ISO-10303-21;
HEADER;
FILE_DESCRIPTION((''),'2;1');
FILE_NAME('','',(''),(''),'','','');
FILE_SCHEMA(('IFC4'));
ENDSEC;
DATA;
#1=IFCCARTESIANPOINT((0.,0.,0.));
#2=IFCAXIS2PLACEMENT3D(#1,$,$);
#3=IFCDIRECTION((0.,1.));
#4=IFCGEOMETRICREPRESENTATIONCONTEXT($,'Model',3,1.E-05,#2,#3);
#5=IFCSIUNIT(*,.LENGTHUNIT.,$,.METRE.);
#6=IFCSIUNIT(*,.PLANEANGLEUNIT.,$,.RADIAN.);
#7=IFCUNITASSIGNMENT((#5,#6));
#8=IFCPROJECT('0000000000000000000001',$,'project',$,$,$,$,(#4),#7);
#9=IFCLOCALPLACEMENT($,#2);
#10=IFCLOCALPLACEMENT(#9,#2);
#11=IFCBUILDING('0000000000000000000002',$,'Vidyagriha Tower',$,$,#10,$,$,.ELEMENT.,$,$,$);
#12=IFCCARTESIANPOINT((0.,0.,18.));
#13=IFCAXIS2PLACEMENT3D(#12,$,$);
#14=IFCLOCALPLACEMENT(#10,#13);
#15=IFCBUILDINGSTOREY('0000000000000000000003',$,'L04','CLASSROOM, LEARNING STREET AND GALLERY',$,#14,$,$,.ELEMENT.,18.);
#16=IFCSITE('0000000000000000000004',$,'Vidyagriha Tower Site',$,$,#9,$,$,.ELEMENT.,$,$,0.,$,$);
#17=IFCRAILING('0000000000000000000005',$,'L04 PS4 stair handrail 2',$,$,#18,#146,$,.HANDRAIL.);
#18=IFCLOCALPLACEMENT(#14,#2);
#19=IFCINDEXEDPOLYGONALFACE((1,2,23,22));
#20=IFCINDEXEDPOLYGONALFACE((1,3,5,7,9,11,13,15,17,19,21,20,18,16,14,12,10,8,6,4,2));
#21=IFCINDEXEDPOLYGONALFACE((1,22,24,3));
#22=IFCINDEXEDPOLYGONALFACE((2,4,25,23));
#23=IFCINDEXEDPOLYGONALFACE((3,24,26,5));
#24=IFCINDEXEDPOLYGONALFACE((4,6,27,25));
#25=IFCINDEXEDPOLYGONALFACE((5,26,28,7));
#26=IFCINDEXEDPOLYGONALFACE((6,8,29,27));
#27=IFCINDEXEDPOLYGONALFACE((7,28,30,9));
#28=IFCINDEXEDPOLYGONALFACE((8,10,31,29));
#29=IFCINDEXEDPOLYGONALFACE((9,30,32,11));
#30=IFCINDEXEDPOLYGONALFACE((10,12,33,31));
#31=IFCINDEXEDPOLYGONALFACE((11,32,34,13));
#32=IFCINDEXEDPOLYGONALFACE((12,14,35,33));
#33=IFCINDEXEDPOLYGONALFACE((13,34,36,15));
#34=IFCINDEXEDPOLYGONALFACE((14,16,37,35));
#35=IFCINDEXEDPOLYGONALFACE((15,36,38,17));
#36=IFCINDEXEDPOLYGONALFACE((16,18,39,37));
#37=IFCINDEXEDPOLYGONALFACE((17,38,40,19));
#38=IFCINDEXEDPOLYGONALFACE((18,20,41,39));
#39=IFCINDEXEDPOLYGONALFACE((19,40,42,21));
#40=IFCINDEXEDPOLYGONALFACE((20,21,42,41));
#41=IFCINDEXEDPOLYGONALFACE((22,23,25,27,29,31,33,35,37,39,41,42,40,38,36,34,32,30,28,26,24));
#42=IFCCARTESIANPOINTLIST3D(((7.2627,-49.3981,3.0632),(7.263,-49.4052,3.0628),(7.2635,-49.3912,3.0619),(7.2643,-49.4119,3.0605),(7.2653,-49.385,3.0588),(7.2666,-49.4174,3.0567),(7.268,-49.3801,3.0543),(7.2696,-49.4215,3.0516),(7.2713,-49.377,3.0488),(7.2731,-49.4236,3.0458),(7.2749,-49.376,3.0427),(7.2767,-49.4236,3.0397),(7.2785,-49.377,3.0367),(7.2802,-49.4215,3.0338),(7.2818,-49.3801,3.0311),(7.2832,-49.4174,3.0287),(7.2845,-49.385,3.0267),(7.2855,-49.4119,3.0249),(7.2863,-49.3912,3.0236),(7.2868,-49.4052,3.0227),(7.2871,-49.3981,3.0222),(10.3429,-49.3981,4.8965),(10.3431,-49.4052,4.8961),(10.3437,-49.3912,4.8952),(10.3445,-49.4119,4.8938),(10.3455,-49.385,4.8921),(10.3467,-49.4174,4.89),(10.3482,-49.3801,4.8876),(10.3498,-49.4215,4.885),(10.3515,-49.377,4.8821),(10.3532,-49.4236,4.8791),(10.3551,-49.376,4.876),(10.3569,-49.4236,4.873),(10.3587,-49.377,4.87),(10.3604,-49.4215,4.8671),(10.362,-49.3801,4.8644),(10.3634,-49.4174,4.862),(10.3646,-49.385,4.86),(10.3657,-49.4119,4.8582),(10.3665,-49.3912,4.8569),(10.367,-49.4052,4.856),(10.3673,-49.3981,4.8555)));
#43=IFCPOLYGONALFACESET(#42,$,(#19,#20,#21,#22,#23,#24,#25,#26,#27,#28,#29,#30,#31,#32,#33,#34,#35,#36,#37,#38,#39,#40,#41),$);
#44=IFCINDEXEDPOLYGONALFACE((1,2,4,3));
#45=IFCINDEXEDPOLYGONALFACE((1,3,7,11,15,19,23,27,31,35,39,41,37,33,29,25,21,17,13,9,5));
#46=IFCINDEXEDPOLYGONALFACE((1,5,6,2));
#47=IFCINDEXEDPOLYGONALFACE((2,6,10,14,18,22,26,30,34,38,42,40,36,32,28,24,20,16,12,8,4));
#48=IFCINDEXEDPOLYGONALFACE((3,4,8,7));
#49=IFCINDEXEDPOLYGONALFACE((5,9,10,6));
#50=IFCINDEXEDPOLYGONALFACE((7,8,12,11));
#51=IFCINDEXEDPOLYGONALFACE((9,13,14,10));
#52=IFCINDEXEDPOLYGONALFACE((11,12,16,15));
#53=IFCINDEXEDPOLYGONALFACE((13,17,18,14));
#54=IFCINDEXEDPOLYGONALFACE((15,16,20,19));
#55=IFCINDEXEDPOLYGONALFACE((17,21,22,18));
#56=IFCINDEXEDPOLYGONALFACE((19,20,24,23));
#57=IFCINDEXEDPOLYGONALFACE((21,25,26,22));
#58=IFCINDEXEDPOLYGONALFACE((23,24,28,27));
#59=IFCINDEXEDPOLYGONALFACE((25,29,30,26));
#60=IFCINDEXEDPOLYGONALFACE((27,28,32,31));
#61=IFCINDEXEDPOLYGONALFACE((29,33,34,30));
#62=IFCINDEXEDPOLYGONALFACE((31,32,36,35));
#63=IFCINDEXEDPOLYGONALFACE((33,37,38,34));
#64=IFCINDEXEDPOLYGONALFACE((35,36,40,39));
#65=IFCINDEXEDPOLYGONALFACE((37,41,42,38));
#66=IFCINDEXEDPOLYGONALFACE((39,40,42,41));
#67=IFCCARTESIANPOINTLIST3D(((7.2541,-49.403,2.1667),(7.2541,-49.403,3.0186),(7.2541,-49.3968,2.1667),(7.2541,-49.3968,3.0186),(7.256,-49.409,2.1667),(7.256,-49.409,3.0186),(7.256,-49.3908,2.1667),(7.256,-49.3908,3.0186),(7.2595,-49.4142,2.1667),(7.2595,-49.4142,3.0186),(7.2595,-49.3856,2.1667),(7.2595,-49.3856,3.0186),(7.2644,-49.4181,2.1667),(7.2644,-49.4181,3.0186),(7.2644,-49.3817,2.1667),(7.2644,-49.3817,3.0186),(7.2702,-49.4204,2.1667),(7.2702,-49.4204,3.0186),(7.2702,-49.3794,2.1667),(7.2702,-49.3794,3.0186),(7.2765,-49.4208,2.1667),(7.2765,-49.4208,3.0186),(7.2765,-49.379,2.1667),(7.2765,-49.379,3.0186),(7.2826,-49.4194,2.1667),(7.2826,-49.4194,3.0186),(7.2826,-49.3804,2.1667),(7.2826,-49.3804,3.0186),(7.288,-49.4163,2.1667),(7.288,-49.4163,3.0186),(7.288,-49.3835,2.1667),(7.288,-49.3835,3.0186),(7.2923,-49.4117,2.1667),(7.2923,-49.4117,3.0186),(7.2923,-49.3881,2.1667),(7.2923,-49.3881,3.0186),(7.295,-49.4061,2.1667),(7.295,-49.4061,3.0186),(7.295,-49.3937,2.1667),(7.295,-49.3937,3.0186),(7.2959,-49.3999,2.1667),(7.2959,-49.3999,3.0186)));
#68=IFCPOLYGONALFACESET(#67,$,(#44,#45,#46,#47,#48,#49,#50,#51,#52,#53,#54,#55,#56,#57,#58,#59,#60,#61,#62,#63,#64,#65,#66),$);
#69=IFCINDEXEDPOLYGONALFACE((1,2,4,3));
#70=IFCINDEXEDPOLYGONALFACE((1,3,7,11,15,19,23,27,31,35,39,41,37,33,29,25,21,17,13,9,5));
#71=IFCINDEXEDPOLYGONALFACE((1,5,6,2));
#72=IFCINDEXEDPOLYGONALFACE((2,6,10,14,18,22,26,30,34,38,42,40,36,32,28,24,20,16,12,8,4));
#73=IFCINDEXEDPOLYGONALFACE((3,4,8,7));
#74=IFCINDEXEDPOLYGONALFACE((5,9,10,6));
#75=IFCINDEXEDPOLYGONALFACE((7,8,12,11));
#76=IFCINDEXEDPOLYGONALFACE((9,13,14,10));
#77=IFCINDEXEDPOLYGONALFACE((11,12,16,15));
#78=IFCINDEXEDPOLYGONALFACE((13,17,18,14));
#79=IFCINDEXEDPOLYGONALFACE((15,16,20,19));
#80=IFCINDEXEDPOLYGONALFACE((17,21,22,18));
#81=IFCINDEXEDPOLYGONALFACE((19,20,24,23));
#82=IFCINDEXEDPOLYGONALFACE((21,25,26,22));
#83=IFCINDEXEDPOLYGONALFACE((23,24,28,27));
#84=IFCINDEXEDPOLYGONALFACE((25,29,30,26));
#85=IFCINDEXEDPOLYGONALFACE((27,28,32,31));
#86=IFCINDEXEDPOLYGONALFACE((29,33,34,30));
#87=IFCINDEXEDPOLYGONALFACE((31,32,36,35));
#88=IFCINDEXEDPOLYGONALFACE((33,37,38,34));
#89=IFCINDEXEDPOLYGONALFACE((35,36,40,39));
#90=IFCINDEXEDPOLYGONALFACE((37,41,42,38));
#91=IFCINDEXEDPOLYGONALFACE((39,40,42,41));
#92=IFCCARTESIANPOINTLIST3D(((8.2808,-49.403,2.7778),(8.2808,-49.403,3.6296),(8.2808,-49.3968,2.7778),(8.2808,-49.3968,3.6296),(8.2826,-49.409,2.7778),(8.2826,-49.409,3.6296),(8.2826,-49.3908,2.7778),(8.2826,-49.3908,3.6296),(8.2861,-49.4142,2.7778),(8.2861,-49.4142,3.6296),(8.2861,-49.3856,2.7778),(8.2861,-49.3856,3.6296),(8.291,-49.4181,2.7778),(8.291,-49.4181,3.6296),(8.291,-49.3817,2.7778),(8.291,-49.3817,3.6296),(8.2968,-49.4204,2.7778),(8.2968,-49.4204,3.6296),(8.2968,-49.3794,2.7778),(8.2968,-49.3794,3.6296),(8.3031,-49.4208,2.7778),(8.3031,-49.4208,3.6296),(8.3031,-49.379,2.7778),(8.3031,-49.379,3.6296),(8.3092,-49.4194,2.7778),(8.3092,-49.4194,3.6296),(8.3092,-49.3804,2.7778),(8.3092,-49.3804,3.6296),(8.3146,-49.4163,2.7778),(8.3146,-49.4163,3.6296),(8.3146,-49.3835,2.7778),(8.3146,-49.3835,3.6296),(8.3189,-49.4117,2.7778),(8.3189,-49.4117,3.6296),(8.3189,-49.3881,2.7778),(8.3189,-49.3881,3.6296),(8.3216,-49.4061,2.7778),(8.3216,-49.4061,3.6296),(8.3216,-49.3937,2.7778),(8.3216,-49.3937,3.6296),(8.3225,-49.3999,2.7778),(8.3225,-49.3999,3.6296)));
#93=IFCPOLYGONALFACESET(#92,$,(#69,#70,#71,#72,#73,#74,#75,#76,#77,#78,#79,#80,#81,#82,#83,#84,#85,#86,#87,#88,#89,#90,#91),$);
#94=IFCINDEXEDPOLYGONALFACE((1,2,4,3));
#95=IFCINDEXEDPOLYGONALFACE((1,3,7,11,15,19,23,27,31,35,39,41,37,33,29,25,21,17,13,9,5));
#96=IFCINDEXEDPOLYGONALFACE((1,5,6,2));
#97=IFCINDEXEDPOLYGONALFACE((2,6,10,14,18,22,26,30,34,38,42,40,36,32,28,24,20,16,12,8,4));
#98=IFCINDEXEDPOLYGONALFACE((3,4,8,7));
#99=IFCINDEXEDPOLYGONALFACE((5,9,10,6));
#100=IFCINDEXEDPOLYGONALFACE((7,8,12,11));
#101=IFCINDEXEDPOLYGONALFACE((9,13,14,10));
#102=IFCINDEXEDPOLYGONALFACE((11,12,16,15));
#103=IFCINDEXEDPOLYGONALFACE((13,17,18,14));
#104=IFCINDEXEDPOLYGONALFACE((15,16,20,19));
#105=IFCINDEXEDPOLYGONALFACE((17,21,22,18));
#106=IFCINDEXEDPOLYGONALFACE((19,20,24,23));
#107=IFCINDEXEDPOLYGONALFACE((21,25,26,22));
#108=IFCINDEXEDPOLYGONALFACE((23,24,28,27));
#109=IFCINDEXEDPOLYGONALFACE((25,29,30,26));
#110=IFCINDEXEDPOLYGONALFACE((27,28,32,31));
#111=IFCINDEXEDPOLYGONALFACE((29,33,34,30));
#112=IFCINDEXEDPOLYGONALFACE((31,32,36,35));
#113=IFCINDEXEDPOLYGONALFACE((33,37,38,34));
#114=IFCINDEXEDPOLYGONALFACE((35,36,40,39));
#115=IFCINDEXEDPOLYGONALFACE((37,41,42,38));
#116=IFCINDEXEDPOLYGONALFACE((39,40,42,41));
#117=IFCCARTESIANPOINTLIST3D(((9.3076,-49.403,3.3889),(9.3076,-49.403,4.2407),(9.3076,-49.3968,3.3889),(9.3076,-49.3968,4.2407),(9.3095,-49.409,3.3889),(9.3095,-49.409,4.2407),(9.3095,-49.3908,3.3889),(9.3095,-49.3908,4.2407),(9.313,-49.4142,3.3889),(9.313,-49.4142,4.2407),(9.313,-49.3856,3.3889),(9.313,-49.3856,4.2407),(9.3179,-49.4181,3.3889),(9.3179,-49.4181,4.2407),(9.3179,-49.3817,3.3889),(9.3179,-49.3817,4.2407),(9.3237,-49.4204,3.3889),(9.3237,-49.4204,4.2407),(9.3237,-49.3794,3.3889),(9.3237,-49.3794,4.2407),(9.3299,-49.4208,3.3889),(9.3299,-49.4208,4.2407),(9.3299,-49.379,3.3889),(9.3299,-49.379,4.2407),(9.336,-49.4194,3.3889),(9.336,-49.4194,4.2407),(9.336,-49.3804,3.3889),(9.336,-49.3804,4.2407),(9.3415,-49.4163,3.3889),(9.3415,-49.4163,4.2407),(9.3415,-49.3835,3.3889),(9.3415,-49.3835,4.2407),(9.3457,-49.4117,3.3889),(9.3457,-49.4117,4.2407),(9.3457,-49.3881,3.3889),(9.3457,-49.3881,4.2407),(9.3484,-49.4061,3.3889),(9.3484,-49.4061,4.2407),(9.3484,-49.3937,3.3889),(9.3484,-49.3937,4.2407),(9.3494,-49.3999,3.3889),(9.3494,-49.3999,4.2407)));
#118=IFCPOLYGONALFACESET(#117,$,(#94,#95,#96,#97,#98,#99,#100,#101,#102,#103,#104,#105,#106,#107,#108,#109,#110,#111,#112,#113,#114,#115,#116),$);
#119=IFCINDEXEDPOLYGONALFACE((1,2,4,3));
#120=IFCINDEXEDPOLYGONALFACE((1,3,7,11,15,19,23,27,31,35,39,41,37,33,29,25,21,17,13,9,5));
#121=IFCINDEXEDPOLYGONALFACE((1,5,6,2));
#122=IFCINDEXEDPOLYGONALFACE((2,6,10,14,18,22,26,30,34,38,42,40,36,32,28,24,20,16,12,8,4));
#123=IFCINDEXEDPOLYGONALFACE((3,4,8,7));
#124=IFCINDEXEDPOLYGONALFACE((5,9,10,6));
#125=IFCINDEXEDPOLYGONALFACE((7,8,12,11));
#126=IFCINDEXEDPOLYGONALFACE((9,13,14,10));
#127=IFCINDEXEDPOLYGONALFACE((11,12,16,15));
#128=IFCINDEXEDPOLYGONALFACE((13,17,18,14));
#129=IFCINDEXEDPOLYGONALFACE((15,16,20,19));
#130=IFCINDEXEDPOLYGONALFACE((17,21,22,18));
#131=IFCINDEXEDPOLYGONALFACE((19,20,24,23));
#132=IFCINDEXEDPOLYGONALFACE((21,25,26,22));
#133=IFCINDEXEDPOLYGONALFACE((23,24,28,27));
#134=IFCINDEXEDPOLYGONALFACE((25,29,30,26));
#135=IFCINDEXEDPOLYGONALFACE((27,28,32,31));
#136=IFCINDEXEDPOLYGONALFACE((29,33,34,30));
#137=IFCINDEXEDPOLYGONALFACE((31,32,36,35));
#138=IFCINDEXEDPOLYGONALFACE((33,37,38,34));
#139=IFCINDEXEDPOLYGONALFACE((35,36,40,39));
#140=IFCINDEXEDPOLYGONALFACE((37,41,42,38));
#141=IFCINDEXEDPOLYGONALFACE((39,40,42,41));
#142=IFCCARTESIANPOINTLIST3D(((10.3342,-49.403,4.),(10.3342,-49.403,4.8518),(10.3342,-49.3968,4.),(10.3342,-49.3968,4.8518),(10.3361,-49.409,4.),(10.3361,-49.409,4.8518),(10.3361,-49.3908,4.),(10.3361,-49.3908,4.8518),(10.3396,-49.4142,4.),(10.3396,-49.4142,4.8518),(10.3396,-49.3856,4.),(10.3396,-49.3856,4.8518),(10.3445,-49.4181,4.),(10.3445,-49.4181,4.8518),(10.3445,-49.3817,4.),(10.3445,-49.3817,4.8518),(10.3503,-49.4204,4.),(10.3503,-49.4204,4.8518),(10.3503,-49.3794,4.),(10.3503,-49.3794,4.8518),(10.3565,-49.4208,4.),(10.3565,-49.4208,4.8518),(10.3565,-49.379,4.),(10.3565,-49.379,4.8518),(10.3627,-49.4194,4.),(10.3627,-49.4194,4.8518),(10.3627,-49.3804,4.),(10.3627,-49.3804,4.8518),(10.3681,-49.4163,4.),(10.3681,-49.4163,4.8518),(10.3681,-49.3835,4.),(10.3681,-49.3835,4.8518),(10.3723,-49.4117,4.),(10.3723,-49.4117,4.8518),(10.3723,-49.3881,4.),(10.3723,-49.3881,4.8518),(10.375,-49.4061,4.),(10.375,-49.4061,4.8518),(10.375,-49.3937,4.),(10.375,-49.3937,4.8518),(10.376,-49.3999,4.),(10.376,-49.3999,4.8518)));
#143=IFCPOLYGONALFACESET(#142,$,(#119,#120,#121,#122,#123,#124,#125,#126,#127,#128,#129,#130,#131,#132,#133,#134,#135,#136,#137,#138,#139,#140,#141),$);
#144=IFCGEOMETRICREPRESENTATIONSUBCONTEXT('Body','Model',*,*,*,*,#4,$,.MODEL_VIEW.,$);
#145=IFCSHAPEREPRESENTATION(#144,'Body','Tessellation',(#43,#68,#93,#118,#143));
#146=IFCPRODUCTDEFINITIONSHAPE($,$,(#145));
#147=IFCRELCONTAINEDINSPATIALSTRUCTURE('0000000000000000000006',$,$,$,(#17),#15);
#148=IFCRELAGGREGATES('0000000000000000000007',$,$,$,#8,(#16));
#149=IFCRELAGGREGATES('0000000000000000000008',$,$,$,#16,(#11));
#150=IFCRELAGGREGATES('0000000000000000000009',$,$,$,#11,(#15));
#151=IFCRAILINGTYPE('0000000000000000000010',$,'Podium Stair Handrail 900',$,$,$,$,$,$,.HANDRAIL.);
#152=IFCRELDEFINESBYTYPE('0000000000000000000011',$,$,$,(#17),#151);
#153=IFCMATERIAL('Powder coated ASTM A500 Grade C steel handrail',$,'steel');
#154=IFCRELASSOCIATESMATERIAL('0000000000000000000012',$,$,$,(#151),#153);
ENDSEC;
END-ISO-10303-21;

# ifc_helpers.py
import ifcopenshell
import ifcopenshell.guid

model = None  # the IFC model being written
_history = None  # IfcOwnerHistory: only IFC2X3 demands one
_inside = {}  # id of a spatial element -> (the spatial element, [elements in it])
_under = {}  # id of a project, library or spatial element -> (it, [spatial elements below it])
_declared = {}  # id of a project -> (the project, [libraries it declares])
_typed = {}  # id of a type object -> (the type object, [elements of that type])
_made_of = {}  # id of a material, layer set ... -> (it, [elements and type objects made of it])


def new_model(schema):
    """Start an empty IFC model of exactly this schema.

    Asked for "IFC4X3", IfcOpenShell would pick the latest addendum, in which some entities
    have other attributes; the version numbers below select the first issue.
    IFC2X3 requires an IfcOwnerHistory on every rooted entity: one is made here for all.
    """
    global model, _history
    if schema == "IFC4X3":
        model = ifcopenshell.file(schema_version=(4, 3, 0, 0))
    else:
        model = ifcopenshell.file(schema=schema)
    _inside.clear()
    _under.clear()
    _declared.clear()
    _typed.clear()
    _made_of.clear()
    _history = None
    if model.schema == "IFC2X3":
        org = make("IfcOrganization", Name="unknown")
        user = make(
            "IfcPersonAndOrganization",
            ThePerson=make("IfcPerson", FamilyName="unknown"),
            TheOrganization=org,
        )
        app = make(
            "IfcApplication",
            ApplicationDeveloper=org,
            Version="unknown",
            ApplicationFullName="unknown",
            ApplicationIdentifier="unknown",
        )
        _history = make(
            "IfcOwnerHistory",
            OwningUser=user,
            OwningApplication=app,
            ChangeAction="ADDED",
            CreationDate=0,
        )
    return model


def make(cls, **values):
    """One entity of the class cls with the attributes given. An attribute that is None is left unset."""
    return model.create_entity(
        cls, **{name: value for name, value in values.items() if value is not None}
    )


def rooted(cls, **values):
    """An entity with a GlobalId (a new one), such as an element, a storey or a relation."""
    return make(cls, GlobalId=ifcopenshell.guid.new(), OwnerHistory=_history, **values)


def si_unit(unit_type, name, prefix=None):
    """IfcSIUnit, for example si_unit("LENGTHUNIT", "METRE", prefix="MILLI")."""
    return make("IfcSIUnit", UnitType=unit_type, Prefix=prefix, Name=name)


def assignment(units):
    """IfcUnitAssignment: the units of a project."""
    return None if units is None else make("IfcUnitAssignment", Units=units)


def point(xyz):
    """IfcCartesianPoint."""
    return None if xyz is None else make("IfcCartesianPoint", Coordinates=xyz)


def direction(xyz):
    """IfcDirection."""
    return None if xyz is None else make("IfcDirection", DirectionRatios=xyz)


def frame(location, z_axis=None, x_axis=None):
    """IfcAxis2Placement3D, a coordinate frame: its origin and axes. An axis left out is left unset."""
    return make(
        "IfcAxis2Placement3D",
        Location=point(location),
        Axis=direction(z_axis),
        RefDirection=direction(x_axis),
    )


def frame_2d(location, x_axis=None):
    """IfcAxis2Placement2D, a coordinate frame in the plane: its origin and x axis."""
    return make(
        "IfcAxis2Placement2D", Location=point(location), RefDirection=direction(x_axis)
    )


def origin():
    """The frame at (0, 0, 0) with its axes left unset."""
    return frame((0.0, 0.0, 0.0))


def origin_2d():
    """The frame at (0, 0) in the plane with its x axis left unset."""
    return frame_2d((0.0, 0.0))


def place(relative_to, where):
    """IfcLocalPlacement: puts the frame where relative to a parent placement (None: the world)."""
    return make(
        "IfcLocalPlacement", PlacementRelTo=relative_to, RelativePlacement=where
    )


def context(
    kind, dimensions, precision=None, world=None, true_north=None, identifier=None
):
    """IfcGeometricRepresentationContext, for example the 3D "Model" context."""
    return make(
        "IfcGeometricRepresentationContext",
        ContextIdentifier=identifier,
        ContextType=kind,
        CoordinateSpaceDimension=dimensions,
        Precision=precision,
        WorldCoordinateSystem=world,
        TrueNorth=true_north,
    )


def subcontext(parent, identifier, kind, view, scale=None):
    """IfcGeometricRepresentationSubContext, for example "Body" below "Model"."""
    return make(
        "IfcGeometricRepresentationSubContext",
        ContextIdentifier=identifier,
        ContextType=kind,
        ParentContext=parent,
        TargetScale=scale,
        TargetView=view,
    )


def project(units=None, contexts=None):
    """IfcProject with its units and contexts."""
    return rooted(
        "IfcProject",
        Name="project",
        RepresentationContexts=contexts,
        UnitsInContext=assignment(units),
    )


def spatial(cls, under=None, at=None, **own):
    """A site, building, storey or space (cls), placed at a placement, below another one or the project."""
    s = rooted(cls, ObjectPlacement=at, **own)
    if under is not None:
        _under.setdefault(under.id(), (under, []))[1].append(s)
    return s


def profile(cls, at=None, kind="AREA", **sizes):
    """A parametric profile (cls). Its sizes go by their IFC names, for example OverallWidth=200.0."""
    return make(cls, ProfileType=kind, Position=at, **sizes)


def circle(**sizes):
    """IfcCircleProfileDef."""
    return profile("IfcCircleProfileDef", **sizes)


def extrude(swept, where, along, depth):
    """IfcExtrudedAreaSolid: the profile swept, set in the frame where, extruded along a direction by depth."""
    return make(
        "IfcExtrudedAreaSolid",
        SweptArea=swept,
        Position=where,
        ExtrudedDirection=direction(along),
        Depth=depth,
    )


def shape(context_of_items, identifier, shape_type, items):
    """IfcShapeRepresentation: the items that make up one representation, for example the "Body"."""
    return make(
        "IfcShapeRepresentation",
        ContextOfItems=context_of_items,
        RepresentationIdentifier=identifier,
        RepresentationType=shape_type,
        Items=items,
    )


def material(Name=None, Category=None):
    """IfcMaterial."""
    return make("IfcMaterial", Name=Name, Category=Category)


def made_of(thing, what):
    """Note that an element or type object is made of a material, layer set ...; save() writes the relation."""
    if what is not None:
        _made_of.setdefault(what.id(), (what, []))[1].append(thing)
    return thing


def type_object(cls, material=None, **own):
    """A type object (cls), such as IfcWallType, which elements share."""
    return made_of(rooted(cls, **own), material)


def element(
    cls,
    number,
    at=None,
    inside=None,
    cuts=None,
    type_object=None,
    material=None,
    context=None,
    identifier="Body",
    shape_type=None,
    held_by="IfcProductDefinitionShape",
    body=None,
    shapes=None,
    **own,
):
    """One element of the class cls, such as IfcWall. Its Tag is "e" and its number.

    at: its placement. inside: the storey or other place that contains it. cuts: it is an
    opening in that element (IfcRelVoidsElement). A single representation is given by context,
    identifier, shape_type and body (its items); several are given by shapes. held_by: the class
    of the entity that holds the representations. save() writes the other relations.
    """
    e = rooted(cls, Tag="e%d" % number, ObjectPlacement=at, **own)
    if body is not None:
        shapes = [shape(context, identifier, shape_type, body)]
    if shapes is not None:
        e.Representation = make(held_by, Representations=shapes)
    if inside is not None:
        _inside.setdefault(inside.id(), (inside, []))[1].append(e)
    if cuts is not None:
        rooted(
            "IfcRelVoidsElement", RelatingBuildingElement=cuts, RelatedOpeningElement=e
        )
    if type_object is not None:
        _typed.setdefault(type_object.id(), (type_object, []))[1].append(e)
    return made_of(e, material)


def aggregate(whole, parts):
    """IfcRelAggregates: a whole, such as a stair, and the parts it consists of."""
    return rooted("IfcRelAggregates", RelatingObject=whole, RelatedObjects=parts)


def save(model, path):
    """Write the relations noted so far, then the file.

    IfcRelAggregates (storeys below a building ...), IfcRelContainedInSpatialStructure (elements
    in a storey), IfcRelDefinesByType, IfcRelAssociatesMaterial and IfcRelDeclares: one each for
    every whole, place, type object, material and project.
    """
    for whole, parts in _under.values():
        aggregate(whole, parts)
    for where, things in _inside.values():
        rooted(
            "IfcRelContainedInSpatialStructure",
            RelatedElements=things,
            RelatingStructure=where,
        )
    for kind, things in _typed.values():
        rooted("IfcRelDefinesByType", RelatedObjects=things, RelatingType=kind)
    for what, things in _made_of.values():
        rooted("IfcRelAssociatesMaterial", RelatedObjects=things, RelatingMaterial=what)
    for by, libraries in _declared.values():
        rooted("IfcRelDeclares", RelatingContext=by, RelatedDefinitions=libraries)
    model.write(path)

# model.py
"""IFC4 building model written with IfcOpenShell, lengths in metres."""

from ifc_helpers import new_model, si_unit, direction, frame, origin, origin_2d, place, context, subcontext, project, spatial, circle, extrude, material, type_object, element, save


model = new_model("IFC4")

# Units and contexts
model_context = context("Model", 3, precision=1e-05, world=origin(), true_north=direction((0.0, 1.0)))
body_context = subcontext(model_context, "Body", "Model", "MODEL_VIEW")
ifc_project = project(units=[si_unit("LENGTHUNIT", "METRE"), si_unit("PLANEANGLEUNIT", "RADIAN")], contexts=[model_context])

# Site, building, storey
site_placement = place(None, origin())
site = spatial("IfcSite", under=ifc_project, at=site_placement, Name="Vidyagriha Tower Site", CompositionType="ELEMENT", RefElevation=0.0)
building_placement = place(site_placement, origin())
building = spatial("IfcBuilding", under=site, at=building_placement, Name="Vidyagriha Tower", CompositionType="ELEMENT")
storey_placement = place(building_placement, frame((0.0, 0.0, 18.0)))
storey = spatial("IfcBuildingStorey", under=building, at=storey_placement, Name="L04", Description="CLASSROOM, LEARNING STREET AND GALLERY", CompositionType="ELEMENT", Elevation=18.0)

# Railing
ifc_material_1 = material(Name="Powder coated ASTM A500 Grade C steel handrail", Category="steel")
railing_type_1 = type_object("IfcRailingType", Name="Podium Stair Handrail 900", PredefinedType="HANDRAIL", material=ifc_material_1)
railing_1_placement = place(storey_placement, frame((7.2749, -49.3999, 2.1667)))
element("IfcRailing", 1, at=railing_1_placement, inside=storey, type_object=railing_type_1, Name="L04 PS4 stair handrail 2", PredefinedType="HANDRAIL", context=body_context, shape_type="SweptSolid", body=[
    extrude(circle(Radius=0.0239, at=origin_2d()), frame((0.0, 0.0, 0.876), z_axis=(0.859309, 0.0, 0.511458), x_axis=(0.0, 1.0, 0.0)), (0.0, 0.0, 1.0), 3.5845),
    extrude(circle(Radius=0.021, at=origin_2d()), origin(), (0.0, 0.0, 1.0), 0.8518),
    extrude(circle(Radius=0.021, at=origin_2d()), frame((1.0266, 0.0, 0.6111)), (0.0, 0.0, 1.0), 0.8518),
    extrude(circle(Radius=0.021, at=origin_2d()), frame((2.0535, 0.0, 1.2222)), (0.0, 0.0, 1.0), 0.8518),
    extrude(circle(Radius=0.021, at=origin_2d()), frame((3.0801, 0.0, 1.8333)), (0.0, 0.0, 1.0), 0.8518),
])

save(model, "model.ifc")
